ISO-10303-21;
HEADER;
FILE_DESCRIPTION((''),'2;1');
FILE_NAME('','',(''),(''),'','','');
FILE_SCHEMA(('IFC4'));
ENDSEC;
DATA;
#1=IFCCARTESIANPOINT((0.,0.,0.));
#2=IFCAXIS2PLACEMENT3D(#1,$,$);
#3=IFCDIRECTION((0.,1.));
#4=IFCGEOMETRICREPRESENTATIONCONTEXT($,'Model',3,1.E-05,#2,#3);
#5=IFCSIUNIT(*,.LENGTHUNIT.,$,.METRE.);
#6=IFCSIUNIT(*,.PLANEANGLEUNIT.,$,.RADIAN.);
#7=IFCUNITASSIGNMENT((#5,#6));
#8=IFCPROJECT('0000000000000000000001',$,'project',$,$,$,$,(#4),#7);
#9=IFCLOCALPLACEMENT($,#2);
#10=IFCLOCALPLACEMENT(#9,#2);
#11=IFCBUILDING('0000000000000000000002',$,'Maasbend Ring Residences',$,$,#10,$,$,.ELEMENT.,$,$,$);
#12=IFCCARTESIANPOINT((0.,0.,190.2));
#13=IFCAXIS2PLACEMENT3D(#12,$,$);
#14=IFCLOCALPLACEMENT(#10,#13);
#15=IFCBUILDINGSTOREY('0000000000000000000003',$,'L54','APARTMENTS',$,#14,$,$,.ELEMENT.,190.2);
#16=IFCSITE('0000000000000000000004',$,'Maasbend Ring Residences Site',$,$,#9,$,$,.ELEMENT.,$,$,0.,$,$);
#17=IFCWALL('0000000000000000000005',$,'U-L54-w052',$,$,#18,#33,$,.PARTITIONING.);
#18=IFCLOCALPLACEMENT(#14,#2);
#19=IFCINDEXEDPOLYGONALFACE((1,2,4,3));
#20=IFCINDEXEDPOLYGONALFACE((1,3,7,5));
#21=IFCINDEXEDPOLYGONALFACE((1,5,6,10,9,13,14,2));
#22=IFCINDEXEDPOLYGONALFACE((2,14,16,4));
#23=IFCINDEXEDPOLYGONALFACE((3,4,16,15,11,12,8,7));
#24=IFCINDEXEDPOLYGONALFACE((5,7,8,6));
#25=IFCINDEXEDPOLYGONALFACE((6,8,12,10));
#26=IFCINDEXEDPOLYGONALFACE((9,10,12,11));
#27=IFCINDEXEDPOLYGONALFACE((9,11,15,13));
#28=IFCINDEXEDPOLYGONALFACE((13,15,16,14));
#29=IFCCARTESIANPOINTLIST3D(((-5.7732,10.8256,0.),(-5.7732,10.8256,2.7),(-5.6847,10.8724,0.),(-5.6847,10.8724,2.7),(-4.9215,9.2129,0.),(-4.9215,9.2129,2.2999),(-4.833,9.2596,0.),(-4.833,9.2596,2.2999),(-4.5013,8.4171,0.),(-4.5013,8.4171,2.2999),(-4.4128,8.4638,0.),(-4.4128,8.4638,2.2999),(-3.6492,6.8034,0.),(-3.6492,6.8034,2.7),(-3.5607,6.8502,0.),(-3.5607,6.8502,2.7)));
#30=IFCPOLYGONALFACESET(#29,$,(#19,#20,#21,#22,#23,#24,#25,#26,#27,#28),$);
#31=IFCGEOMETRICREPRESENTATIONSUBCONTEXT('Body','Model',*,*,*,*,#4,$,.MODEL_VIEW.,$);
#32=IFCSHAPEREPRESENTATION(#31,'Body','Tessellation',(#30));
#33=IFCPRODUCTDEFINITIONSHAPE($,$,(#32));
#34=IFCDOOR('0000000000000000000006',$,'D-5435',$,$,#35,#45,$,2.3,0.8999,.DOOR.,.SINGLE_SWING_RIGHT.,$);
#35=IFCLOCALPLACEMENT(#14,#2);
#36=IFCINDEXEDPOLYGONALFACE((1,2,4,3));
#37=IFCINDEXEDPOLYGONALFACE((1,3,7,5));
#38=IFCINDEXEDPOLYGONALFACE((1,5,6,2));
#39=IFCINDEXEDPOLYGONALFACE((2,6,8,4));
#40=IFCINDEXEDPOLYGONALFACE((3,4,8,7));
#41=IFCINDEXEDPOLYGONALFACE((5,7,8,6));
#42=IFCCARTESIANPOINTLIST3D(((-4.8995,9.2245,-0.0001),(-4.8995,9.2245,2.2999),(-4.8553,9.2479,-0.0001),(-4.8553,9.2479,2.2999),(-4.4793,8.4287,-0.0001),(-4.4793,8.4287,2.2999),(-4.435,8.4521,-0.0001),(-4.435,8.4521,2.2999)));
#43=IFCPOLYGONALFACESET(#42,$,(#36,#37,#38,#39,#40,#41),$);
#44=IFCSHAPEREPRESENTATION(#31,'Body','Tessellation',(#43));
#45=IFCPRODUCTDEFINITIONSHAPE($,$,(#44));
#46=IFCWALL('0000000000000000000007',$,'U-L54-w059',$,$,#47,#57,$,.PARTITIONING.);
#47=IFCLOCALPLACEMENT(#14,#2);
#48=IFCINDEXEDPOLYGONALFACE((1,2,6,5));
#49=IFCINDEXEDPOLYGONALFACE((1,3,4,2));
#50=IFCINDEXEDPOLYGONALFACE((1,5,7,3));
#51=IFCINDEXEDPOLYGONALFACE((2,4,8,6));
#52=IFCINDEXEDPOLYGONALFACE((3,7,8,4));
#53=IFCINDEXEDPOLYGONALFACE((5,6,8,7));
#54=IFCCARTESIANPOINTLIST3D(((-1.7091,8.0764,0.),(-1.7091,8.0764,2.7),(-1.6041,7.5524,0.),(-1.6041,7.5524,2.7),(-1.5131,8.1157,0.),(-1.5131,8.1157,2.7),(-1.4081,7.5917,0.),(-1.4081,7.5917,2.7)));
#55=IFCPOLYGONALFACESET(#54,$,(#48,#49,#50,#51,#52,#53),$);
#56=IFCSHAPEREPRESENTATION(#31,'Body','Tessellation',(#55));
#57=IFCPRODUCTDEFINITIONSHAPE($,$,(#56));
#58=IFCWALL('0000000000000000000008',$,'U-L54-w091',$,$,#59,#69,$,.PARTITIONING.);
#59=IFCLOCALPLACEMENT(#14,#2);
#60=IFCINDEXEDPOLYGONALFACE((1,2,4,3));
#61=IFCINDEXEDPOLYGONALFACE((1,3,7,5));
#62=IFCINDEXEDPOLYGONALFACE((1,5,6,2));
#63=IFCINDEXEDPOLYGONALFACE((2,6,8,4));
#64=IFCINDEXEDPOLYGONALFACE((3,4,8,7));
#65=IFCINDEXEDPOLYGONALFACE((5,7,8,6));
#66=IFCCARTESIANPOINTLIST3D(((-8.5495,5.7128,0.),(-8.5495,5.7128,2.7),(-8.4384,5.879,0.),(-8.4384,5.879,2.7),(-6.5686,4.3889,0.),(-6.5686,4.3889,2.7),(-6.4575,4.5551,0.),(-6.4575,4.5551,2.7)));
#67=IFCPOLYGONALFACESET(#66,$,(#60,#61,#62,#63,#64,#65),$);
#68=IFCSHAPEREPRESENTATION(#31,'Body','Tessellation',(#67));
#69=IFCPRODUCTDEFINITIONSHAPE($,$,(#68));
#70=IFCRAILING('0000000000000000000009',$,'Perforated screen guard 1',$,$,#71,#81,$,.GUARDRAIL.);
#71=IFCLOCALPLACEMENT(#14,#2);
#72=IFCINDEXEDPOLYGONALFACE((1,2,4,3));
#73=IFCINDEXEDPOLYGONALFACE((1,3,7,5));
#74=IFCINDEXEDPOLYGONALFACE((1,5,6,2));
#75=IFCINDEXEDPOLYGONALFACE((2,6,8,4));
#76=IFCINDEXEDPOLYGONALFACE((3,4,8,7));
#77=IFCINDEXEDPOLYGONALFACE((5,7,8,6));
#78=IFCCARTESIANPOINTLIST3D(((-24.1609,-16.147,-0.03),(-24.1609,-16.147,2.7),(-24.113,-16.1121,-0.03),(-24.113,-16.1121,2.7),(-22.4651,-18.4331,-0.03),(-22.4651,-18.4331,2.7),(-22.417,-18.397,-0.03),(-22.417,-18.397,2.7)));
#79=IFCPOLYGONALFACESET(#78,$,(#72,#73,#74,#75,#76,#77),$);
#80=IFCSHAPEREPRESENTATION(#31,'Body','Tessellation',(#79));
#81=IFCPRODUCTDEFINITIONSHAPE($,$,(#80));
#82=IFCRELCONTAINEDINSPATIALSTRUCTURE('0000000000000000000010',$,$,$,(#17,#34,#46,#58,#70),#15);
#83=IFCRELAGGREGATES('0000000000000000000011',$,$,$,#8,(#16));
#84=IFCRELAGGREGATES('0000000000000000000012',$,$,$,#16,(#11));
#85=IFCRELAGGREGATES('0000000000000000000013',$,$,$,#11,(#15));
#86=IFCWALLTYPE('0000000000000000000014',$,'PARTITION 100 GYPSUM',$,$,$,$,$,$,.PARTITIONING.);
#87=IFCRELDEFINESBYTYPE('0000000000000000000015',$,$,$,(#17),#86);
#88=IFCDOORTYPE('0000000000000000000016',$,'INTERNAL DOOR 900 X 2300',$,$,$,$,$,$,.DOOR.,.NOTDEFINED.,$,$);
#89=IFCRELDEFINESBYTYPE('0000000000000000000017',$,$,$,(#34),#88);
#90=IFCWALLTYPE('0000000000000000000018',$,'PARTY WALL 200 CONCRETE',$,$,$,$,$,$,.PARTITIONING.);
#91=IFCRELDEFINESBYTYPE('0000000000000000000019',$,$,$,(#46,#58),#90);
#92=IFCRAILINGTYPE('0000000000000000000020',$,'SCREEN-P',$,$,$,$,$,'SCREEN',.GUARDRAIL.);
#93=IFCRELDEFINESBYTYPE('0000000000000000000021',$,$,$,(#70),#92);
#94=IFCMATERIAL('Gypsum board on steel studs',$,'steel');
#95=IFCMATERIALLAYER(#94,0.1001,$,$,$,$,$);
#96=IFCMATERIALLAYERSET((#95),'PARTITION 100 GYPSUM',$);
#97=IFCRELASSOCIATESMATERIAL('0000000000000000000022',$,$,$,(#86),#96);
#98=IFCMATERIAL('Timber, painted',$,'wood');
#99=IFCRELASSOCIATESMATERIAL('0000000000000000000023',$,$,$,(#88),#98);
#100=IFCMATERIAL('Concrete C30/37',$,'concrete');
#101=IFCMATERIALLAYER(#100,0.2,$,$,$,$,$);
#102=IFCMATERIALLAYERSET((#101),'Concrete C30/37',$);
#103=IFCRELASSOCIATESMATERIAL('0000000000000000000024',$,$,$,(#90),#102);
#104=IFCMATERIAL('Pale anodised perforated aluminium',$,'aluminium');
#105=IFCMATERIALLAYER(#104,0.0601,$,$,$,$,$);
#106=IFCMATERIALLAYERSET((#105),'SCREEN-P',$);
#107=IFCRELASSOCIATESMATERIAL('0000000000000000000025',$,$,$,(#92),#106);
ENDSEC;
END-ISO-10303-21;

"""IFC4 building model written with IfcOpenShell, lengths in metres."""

from ifc_helpers import new_model, si_unit, direction, frame, frame_2d, origin, place, context, subcontext, project, spatial, polyline, rectangle, outline, extrude, material, layer, layer_set, type_object, element, fill, save


model = new_model("IFC4")

# Units and contexts
model_context = context("Model", 3, precision=1e-05, world=origin(), true_north=direction((0.0, 1.0)))
body_context = subcontext(model_context, "Body", "Model", "MODEL_VIEW")
ifc_project = project(units=[si_unit("LENGTHUNIT", "METRE"), si_unit("PLANEANGLEUNIT", "RADIAN")], contexts=[model_context])

# Site, building, storey
site_placement = place(None, origin())
site = spatial("IfcSite", under=ifc_project, at=site_placement, Name="Maasbend Ring Residences Site", CompositionType="ELEMENT", RefElevation=0.0)
building_placement = place(site_placement, origin())
building = spatial("IfcBuilding", under=site, at=building_placement, Name="Maasbend Ring Residences", CompositionType="ELEMENT")
storey_placement = place(building_placement, frame((0.0, 0.0, 190.2)))
storey = spatial("IfcBuildingStorey", under=building, at=storey_placement, Name="L54", Description="APARTMENTS", CompositionType="ELEMENT", Elevation=190.2)

# Wall, opening, door
ifc_material_1 = material(Name="Gypsum board on steel studs", Category="steel")
ifc_layer_1 = layer(ifc_material_1, 0.1001)
ifc_layer_set_1 = layer_set([ifc_layer_1], Name="PARTITION 100 GYPSUM")
wall_type_1 = type_object("IfcWallType", Name="PARTITION 100 GYPSUM", PredefinedType="PARTITIONING", material=ifc_layer_set_1)
wall_1_placement = place(storey_placement, frame((-5.729, 10.8491, 0.0), z_axis=(0.0, 0.0, 1.0), x_axis=(0.466963, -0.884277, 0.0)))
wall_1 = element("IfcWall", 1, at=wall_1_placement, inside=storey, type_object=wall_type_1, Name="U-L54-w052", PredefinedType="PARTITIONING", context=body_context, shape_type="SweptSolid", body=[
    extrude(rectangle(XDim=4.5486, YDim=0.1001, at=frame_2d((2.2744, 0.0))), origin(), (0.0, 0.0, 1.0), 2.7),
])
opening_placement = place(wall_1_placement, frame((1.824, 0.0, 0.0)))
opening = element("IfcOpeningElement", 2, at=opening_placement, cuts=wall_1, PredefinedType="OPENING", context=body_context, shape_type="SweptSolid", body=[
    extrude(rectangle(XDim=0.8999, YDim=2.3, at=frame_2d((0.45, 1.1499))), frame((0.0, 0.0601, 0.0), z_axis=(0.0, -1.0, 0.0), x_axis=(1.0, 0.0, 0.0)), (0.0, 0.0, 1.0), 0.1201),
])
ifc_material_2 = material(Name="Timber, painted", Category="wood")
door_type = type_object("IfcDoorType", Name="INTERNAL DOOR 900 X 2300", OperationType="NOTDEFINED", PredefinedType="DOOR", material=ifc_material_2)
door_placement = place(opening_placement, origin())
door = element("IfcDoor", 3, at=door_placement, inside=storey, type_object=door_type, Name="D-5435", OperationType="SINGLE_SWING_RIGHT", OverallHeight=2.3, OverallWidth=0.8999, PredefinedType="DOOR", context=body_context, shape_type="SweptSolid", body=[
    extrude(rectangle(XDim=0.8999, YDim=2.3, at=frame_2d((0.45, 1.1499))), frame((0.0, 0.0249, 0.0), z_axis=(0.0, -1.0, 0.0), x_axis=(1.0, 0.0, 0.0)), (0.0, 0.0, 1.0), 0.05),
])
fill(opening, door)

# Walls
ifc_material_3 = material(Name="Concrete C30/37", Category="concrete")
ifc_layer_2 = layer(ifc_material_3, 0.2)
ifc_layer_set_2 = layer_set([ifc_layer_2], Name="Concrete C30/37")
wall_type_2 = type_object("IfcWallType", Name="PARTY WALL 200 CONCRETE", PredefinedType="PARTITIONING", material=ifc_layer_set_2)
wall_2_placement = place(storey_placement, frame((-1.6111, 8.0959, 0.0), z_axis=(0.0, 0.0, 1.0), x_axis=(0.196468, -0.98051, 0.0)))
element("IfcWall", 4, at=wall_2_placement, inside=storey, type_object=wall_type_2, Name="U-L54-w059", PredefinedType="PARTITIONING", context=body_context, shape_type="SweptSolid", body=[
    extrude(rectangle(XDim=0.5344, YDim=0.2, at=frame_2d((0.2671, 0.0))), origin(), (0.0, 0.0, 1.0), 2.7),
])
wall_3_placement = place(storey_placement, frame((-6.5129, 4.4719, 0.0), z_axis=(0.0, 0.0, 1.0), x_axis=(-0.831403, 0.555669, 0.0)))
element("IfcWall", 5, at=wall_3_placement, inside=storey, type_object=wall_type_2, Name="U-L54-w091", PredefinedType="PARTITIONING", context=body_context, shape_type="SweptSolid", body=[
    extrude(rectangle(XDim=2.3826, YDim=0.2, at=frame_2d((1.1914, 0.0))), origin(), (0.0, 0.0, 1.0), 2.7),
])

# Railing
ifc_material_4 = material(Name="Pale anodised perforated aluminium", Category="aluminium")
ifc_layer_3 = layer(ifc_material_4, 0.0601)
ifc_layer_set_3 = layer_set([ifc_layer_3], Name="SCREEN-P")
railing_type = type_object("IfcRailingType", Name="SCREEN-P", ElementType="SCREEN", PredefinedType="GUARDRAIL", material=ifc_layer_set_3)
railing_placement = place(storey_placement, frame((0.0, 0.0, -0.03)))
element("IfcRailing", 6, at=railing_placement, inside=storey, type_object=railing_type, Name="Perforated screen guard 1", PredefinedType="GUARDRAIL", context=body_context, shape_type="SweptSolid", body=[
    extrude(outline(polyline([(-24.113, -16.1121), (-22.417, -18.397), (-22.4651, -18.4331), (-24.1609, -16.147), (-24.113, -16.1121)])), origin(), (0.0, 0.0, 1.0), 2.73),
])

save(model, "model.ifc")
